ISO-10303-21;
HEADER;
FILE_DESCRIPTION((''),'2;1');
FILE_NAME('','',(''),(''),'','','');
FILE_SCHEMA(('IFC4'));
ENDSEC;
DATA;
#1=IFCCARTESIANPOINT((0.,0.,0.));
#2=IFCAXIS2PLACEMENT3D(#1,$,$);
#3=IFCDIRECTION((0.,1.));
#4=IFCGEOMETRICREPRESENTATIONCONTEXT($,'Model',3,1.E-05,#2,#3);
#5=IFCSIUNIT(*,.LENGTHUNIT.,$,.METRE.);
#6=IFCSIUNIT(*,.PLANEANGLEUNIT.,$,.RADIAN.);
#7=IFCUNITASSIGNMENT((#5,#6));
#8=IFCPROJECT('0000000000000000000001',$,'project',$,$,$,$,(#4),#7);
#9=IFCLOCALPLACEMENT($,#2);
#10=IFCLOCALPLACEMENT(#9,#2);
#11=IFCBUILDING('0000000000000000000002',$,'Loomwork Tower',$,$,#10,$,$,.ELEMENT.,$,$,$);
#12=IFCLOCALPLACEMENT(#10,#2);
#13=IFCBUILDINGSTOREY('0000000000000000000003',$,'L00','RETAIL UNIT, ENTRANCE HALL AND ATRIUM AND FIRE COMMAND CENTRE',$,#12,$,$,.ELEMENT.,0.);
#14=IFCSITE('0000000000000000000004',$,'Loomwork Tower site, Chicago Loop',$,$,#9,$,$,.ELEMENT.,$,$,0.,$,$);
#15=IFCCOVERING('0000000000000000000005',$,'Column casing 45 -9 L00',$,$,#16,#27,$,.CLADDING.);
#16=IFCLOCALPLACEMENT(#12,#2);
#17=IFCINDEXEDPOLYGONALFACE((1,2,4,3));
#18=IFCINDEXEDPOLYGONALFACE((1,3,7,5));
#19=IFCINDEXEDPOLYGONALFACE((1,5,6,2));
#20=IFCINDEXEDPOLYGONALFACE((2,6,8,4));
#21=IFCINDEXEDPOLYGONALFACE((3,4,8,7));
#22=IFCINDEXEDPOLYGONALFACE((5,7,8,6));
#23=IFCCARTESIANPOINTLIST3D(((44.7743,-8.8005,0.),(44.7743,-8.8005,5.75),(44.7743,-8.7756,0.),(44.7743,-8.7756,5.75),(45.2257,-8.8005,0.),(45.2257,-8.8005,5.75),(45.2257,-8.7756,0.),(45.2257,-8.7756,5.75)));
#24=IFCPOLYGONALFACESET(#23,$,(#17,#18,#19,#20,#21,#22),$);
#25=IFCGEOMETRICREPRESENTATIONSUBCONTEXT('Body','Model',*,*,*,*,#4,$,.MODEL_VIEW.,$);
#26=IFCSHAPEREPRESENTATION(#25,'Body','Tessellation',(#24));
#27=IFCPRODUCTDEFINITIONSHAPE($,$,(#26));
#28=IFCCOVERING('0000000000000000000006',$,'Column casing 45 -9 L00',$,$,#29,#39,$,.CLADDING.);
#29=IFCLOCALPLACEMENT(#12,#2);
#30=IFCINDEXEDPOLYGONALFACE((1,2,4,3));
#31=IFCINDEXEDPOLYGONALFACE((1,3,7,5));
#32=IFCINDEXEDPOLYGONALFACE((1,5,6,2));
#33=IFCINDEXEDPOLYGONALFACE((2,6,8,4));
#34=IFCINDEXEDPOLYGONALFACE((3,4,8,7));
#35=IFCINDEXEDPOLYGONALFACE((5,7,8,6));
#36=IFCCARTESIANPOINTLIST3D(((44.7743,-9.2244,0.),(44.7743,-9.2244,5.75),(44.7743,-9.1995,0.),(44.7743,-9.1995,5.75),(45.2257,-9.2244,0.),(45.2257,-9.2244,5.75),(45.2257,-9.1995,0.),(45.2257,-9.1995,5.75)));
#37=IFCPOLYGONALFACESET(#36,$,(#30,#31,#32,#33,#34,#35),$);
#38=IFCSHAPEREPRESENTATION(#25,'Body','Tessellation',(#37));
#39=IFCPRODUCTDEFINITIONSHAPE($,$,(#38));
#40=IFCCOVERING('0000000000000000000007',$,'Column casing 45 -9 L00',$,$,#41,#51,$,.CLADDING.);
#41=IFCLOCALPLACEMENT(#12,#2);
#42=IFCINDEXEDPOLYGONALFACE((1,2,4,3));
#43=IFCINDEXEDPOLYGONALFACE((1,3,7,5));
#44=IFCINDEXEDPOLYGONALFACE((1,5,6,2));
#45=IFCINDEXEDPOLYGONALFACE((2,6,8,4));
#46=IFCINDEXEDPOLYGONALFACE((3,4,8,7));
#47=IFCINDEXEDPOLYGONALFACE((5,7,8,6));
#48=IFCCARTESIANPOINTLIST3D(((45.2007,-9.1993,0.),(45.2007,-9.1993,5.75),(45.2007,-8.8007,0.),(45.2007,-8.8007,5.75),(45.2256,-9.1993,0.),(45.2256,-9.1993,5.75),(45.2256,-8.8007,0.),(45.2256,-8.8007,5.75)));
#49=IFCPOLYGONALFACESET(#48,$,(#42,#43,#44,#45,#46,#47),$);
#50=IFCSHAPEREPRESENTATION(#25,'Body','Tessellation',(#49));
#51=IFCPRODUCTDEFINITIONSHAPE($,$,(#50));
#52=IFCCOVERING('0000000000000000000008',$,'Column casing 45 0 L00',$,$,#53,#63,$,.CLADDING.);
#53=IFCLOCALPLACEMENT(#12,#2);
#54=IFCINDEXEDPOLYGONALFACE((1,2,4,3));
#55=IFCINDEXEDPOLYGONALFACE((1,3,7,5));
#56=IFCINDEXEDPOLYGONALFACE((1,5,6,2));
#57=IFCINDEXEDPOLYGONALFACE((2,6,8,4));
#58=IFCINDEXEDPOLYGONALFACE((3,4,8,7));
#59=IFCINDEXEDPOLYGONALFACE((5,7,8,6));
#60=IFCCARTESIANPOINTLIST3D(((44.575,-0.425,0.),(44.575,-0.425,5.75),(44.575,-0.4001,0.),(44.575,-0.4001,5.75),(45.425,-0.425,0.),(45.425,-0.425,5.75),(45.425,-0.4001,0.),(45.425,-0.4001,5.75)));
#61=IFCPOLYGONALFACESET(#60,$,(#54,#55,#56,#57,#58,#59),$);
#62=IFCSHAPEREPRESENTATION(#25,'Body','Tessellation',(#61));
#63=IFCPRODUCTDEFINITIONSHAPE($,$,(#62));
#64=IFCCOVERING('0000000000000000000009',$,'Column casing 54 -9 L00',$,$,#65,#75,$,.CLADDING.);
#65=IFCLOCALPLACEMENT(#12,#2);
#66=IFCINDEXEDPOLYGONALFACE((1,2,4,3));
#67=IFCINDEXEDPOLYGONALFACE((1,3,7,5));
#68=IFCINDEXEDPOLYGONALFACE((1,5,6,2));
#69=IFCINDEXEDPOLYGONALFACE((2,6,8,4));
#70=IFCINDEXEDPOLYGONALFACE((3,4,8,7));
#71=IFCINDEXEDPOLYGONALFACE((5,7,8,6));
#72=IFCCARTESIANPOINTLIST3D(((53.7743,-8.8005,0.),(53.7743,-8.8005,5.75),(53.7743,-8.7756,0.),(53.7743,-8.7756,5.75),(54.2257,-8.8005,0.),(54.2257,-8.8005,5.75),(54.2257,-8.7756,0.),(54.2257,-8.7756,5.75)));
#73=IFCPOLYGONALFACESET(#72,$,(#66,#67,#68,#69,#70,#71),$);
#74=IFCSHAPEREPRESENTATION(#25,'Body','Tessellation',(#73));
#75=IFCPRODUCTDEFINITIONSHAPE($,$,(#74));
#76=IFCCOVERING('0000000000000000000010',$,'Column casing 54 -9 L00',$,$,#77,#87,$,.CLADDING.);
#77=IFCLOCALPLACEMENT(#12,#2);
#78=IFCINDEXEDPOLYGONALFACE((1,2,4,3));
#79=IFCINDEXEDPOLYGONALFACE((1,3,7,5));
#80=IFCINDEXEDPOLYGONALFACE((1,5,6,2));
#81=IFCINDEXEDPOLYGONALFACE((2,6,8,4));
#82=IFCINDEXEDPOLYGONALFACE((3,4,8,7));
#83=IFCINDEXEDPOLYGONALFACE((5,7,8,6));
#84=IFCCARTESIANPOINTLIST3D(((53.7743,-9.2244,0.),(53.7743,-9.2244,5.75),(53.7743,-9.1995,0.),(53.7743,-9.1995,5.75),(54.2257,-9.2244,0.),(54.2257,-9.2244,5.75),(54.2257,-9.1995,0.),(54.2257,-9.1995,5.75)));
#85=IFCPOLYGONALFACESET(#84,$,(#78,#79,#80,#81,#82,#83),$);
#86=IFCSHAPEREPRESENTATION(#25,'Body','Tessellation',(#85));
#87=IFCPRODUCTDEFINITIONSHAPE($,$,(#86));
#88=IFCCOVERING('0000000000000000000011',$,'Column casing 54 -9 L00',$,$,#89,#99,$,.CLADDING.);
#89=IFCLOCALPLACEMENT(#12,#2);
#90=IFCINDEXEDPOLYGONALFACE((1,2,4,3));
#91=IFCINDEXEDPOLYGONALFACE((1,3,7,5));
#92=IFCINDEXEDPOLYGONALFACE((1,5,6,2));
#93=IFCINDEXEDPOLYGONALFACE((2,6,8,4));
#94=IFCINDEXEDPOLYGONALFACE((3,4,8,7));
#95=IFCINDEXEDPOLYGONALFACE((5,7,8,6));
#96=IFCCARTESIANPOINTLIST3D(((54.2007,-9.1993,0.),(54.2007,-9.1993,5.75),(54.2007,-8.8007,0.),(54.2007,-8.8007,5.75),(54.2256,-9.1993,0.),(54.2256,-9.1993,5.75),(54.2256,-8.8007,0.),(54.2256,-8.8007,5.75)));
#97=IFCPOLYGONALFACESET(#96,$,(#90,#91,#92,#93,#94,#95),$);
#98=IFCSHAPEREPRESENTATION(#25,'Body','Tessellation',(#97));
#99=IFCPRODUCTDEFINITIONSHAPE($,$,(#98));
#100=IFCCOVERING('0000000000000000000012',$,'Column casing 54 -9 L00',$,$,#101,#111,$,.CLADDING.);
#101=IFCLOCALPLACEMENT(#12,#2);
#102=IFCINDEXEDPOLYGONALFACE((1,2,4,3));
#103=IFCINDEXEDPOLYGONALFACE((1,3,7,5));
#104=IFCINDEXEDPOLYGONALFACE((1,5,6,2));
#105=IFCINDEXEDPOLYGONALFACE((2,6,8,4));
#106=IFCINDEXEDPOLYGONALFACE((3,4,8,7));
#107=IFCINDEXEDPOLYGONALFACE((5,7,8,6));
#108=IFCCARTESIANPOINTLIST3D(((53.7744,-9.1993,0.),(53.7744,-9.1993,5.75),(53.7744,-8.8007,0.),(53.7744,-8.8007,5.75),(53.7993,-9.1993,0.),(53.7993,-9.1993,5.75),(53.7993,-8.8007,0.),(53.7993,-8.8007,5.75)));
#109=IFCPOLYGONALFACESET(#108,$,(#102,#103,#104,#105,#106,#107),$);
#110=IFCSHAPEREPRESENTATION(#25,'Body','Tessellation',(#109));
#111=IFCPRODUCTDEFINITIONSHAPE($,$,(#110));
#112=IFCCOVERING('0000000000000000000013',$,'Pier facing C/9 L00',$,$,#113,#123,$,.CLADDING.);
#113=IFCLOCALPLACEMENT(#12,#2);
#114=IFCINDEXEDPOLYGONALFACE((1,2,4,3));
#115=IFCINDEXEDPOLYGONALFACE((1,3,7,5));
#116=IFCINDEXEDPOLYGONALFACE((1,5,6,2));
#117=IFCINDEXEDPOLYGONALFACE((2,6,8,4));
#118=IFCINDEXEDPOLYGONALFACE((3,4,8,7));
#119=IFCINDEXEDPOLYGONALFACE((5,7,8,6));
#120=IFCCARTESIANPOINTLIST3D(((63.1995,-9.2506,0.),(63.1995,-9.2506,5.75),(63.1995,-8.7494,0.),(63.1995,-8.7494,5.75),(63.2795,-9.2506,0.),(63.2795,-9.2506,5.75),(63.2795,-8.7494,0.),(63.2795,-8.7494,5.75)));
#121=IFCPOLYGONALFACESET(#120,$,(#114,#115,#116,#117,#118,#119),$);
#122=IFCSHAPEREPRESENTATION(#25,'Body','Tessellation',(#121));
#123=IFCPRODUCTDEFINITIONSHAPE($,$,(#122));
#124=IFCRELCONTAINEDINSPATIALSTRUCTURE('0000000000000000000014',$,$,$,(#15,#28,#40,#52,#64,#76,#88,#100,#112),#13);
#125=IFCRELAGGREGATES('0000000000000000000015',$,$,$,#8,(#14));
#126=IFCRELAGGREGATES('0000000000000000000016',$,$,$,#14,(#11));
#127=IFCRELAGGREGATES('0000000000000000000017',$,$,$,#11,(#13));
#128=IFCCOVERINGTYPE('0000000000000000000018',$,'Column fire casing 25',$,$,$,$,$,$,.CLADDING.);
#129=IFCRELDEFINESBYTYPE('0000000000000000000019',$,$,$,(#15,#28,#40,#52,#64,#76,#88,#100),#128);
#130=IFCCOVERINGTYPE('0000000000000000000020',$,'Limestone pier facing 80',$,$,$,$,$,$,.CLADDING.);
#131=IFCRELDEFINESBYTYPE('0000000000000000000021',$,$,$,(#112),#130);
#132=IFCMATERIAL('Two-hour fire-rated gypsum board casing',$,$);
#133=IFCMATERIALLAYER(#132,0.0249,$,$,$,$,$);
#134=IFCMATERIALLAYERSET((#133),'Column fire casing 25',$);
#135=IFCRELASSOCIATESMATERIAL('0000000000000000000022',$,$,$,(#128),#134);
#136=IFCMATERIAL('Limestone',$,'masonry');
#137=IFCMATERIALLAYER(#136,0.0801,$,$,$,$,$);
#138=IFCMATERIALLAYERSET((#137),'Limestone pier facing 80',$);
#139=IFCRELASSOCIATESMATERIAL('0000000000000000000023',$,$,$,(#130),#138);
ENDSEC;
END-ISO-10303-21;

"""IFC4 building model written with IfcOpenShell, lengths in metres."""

from ifc_helpers import new_model, si_unit, direction, frame, origin, origin_2d, place, context, subcontext, project, spatial, rectangle, extrude, material, layer, layer_set, type_object, element, save


model = new_model("IFC4")

# Units and contexts
model_context = context("Model", 3, precision=1e-05, world=origin(), true_north=direction((0.0, 1.0)))
body_context = subcontext(model_context, "Body", "Model", "MODEL_VIEW")
ifc_project = project(units=[si_unit("LENGTHUNIT", "METRE"), si_unit("PLANEANGLEUNIT", "RADIAN")], contexts=[model_context])

# Site, building, storey
site_placement = place(None, origin())
site = spatial("IfcSite", under=ifc_project, at=site_placement, Name="Loomwork Tower site, Chicago Loop", CompositionType="ELEMENT", RefElevation=0.0)
building_placement = place(site_placement, origin())
building = spatial("IfcBuilding", under=site, at=building_placement, Name="Loomwork Tower", CompositionType="ELEMENT")
storey_placement = place(building_placement, origin())
storey = spatial("IfcBuildingStorey", under=building, at=storey_placement, Name="L00", Description="RETAIL UNIT, ENTRANCE HALL AND ATRIUM AND FIRE COMMAND CENTRE", CompositionType="ELEMENT", Elevation=0.0)

# Coverings
ifc_material_1 = material(Name="Two-hour fire-rated gypsum board casing")
ifc_layer_1 = layer(ifc_material_1, 0.0249)
ifc_layer_set_1 = layer_set([ifc_layer_1], Name="Column fire casing 25")
covering_type_1 = type_object("IfcCoveringType", Name="Column fire casing 25", PredefinedType="CLADDING", material=ifc_layer_set_1)
for number, where, z_axis, x_axis, name in (
    (1, (45.0, -8.7881, 0.0), (0.0, 0.0, 1.0), (1.0, 0.0, 0.0), "Column casing 45 -9 L00"),
    (2, (45.0, -9.2119, 0.0), (0.0, 0.0, 1.0), (1.0, 0.0, 0.0), "Column casing 45 -9 L00"),
):
    element("IfcCovering", number, at=place(storey_placement, frame(where, z_axis=z_axis, x_axis=x_axis)), inside=storey, type_object=covering_type_1, Name=name, PredefinedType="CLADDING", context=body_context, shape_type="SweptSolid", body=[
        extrude(rectangle(XDim=0.4514, YDim=0.0249, at=origin_2d()), origin(), (0.0, 0.0, 1.0), 5.75),
    ])
covering_1_placement = place(storey_placement, frame((45.2131, -9.0, 0.0), z_axis=(0.0, 0.0, 1.0), x_axis=(1.0, 0.0, 0.0)))
element("IfcCovering", 3, at=covering_1_placement, inside=storey, type_object=covering_type_1, Name="Column casing 45 -9 L00", PredefinedType="CLADDING", context=body_context, shape_type="SweptSolid", body=[
    extrude(rectangle(XDim=0.0249, YDim=0.3987, at=origin_2d()), origin(), (0.0, 0.0, 1.0), 5.75),
])
covering_2_placement = place(storey_placement, frame((45.0, -0.4126, 0.0), z_axis=(0.0, 0.0, 1.0), x_axis=(1.0, 0.0, 0.0)))
element("IfcCovering", 4, at=covering_2_placement, inside=storey, type_object=covering_type_1, Name="Column casing 45 0 L00", PredefinedType="CLADDING", context=body_context, shape_type="SweptSolid", body=[
    extrude(rectangle(XDim=0.8501, YDim=0.0249, at=origin_2d()), origin(), (0.0, 0.0, 1.0), 5.75),
])
for number, where, z_axis, x_axis, name in (
    (5, (54.0, -8.7881, 0.0), (0.0, 0.0, 1.0), (1.0, 0.0, 0.0), "Column casing 54 -9 L00"),
    (6, (54.0, -9.2119, 0.0), (0.0, 0.0, 1.0), (1.0, 0.0, 0.0), "Column casing 54 -9 L00"),
):
    element("IfcCovering", number, at=place(storey_placement, frame(where, z_axis=z_axis, x_axis=x_axis)), inside=storey, type_object=covering_type_1, Name=name, PredefinedType="CLADDING", context=body_context, shape_type="SweptSolid", body=[
        extrude(rectangle(XDim=0.4514, YDim=0.0249, at=origin_2d()), origin(), (0.0, 0.0, 1.0), 5.75),
    ])
for number, where, z_axis, x_axis, name in (
    (7, (54.2131, -9.0, 0.0), (0.0, 0.0, 1.0), (1.0, 0.0, 0.0), "Column casing 54 -9 L00"),
    (8, (53.7869, -9.0, 0.0), (0.0, 0.0, 1.0), (1.0, 0.0, 0.0), "Column casing 54 -9 L00"),
):
    element("IfcCovering", number, at=place(storey_placement, frame(where, z_axis=z_axis, x_axis=x_axis)), inside=storey, type_object=covering_type_1, Name=name, PredefinedType="CLADDING", context=body_context, shape_type="SweptSolid", body=[
        extrude(rectangle(XDim=0.0249, YDim=0.3987, at=origin_2d()), origin(), (0.0, 0.0, 1.0), 5.75),
    ])
ifc_material_2 = material(Name="Limestone", Category="masonry")
ifc_layer_2 = layer(ifc_material_2, 0.0801)
ifc_layer_set_2 = layer_set([ifc_layer_2], Name="Limestone pier facing 80")
covering_type_2 = type_object("IfcCoveringType", Name="Limestone pier facing 80", PredefinedType="CLADDING", material=ifc_layer_set_2)
covering_3_placement = place(storey_placement, frame((63.2395, -9.0, 0.0), z_axis=(0.0, 0.0, 1.0), x_axis=(1.0, 0.0, 0.0)))
element("IfcCovering", 9, at=covering_3_placement, inside=storey, type_object=covering_type_2, Name="Pier facing C/9 L00", PredefinedType="CLADDING", context=body_context, shape_type="SweptSolid", body=[
    extrude(rectangle(XDim=0.0801, YDim=0.5012, at=origin_2d()), origin(), (0.0, 0.0, 1.0), 5.75),
])

save(model, "model.ifc")
